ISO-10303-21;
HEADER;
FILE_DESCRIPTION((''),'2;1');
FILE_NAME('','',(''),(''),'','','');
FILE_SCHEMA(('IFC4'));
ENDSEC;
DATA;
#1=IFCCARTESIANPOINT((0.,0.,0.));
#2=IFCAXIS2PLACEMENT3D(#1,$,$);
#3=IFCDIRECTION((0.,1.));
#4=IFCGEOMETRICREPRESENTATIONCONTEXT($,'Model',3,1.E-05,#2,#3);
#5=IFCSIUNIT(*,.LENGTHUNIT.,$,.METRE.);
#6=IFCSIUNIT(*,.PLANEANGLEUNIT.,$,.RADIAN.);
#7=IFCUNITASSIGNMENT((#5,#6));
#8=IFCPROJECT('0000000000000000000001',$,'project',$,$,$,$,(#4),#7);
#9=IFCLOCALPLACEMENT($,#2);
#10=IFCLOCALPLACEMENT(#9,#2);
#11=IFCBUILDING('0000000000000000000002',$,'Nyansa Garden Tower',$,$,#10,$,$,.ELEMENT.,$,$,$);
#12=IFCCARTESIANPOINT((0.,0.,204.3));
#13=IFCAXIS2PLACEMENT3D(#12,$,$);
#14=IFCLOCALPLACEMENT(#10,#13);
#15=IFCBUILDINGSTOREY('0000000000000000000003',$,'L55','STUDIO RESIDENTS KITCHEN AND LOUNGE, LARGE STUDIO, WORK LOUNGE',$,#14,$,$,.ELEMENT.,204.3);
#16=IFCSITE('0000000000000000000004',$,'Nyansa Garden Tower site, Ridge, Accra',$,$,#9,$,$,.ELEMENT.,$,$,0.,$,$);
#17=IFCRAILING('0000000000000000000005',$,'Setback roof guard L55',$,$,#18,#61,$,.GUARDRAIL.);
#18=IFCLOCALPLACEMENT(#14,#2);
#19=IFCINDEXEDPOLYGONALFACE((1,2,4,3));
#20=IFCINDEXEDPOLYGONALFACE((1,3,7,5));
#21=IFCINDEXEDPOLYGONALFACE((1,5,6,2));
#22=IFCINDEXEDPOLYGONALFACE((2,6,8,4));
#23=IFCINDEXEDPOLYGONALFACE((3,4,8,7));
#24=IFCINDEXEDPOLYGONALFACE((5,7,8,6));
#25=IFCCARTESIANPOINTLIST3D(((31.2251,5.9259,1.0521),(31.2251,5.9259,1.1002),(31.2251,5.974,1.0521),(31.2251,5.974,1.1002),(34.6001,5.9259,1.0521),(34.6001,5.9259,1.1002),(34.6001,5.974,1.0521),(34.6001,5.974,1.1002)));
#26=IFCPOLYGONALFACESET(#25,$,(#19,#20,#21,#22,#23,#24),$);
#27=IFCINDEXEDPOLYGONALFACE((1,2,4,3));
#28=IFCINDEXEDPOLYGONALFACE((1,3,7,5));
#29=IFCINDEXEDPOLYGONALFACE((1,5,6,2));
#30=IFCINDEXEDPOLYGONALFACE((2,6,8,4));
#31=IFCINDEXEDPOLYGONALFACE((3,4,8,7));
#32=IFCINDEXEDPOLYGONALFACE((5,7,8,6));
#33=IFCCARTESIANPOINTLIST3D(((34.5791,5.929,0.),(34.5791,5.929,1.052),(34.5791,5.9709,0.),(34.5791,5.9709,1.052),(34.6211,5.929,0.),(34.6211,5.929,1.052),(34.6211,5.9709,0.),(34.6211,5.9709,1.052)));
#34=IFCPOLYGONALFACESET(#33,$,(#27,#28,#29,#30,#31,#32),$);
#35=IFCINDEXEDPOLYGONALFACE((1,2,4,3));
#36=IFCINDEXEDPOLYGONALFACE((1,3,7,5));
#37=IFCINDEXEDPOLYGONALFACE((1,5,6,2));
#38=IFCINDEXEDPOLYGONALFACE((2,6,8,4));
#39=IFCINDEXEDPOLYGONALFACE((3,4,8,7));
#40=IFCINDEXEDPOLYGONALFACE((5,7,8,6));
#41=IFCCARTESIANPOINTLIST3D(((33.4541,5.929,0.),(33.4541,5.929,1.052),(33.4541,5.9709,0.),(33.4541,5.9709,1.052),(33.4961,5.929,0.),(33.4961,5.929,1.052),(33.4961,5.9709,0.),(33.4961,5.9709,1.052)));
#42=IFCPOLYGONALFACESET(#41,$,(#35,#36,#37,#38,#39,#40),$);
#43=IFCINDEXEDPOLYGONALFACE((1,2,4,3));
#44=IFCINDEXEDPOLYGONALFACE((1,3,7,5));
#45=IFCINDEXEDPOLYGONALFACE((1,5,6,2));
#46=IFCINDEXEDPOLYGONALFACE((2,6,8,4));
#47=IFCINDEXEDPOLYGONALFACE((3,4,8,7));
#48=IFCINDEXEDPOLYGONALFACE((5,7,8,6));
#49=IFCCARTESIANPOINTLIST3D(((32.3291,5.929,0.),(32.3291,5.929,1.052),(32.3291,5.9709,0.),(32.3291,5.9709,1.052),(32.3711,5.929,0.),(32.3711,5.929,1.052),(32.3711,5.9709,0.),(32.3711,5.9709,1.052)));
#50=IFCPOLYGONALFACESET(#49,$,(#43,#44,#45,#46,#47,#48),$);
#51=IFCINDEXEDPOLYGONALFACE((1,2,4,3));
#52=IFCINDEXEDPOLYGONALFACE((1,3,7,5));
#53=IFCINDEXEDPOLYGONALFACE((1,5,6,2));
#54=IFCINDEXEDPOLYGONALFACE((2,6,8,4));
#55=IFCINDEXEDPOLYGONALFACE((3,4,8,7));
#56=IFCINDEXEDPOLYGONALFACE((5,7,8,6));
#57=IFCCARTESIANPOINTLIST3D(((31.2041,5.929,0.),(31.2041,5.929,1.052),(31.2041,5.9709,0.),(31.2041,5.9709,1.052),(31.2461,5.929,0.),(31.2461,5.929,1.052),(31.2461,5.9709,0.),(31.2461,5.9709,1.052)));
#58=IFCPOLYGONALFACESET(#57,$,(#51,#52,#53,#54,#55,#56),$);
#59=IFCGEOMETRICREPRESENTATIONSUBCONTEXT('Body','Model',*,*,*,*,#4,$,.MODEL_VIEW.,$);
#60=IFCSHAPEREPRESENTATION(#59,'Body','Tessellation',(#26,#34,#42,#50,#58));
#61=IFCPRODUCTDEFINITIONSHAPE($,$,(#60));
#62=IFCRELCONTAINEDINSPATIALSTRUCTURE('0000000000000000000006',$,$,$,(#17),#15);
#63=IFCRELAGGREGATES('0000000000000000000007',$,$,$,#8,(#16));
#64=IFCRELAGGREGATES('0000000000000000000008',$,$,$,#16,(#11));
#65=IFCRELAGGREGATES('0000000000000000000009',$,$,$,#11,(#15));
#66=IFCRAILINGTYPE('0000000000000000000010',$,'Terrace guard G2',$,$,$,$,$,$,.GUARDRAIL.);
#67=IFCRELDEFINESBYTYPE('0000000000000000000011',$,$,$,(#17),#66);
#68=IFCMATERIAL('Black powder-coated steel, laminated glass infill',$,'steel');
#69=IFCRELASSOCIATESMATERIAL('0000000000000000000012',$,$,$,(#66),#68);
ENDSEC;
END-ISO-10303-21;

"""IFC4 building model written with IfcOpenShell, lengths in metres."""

from ifc_helpers import new_model, si_unit, direction, frame, origin, origin_2d, place, context, subcontext, project, spatial, rectangle, extrude, material, type_object, element, save


model = new_model("IFC4")

# Units and contexts
model_context = context("Model", 3, precision=1e-05, world=origin(), true_north=direction((0.0, 1.0)))
body_context = subcontext(model_context, "Body", "Model", "MODEL_VIEW")
ifc_project = project(units=[si_unit("LENGTHUNIT", "METRE"), si_unit("PLANEANGLEUNIT", "RADIAN")], contexts=[model_context])

# Site, building, storey
site_placement = place(None, origin())
site = spatial("IfcSite", under=ifc_project, at=site_placement, Name="Nyansa Garden Tower site, Ridge, Accra", CompositionType="ELEMENT", RefElevation=0.0)
building_placement = place(site_placement, origin())
building = spatial("IfcBuilding", under=site, at=building_placement, Name="Nyansa Garden Tower", CompositionType="ELEMENT")
storey_placement = place(building_placement, frame((0.0, 0.0, 204.3)))
storey = spatial("IfcBuildingStorey", under=building, at=storey_placement, Name="L55", Description="STUDIO RESIDENTS KITCHEN AND LOUNGE, LARGE STUDIO, WORK LOUNGE", CompositionType="ELEMENT", Elevation=204.3)

# Railing
ifc_material_1 = material(Name="Black powder-coated steel, laminated glass infill", Category="steel")
railing_type = type_object("IfcRailingType", Name="Terrace guard G2", PredefinedType="GUARDRAIL", material=ifc_material_1)
for number, where, name in (
    (1, (34.6001, 5.95, 0.0), "Setback roof guard L55"),
):
    element("IfcRailing", number, at=place(storey_placement, frame(where)), inside=storey, type_object=railing_type, Name=name, PredefinedType="GUARDRAIL", context=body_context, shape_type="SweptSolid", body=[
        extrude(rectangle(XDim=0.0481, YDim=0.0481, at=origin_2d()), frame((0.0, 0.0, 1.0762), z_axis=(-1.0, 0.0, 0.0), x_axis=(0.0, -1.0, 0.0)), (0.0, 0.0, 1.0), 3.375),
        extrude(rectangle(XDim=0.042, YDim=0.042, at=origin_2d()), origin(), (0.0, 0.0, 1.0), 1.052),
        extrude(rectangle(XDim=0.042, YDim=0.042, at=origin_2d()), frame((-1.125, 0.0, 0.0)), (0.0, 0.0, 1.0), 1.052),
        extrude(rectangle(XDim=0.042, YDim=0.042, at=origin_2d()), frame((-2.25, 0.0, 0.0)), (0.0, 0.0, 1.0), 1.052),
        extrude(rectangle(XDim=0.042, YDim=0.042, at=origin_2d()), frame((-3.375, 0.0, 0.0)), (0.0, 0.0, 1.0), 1.052),
    ])

save(model, "model.ifc")
